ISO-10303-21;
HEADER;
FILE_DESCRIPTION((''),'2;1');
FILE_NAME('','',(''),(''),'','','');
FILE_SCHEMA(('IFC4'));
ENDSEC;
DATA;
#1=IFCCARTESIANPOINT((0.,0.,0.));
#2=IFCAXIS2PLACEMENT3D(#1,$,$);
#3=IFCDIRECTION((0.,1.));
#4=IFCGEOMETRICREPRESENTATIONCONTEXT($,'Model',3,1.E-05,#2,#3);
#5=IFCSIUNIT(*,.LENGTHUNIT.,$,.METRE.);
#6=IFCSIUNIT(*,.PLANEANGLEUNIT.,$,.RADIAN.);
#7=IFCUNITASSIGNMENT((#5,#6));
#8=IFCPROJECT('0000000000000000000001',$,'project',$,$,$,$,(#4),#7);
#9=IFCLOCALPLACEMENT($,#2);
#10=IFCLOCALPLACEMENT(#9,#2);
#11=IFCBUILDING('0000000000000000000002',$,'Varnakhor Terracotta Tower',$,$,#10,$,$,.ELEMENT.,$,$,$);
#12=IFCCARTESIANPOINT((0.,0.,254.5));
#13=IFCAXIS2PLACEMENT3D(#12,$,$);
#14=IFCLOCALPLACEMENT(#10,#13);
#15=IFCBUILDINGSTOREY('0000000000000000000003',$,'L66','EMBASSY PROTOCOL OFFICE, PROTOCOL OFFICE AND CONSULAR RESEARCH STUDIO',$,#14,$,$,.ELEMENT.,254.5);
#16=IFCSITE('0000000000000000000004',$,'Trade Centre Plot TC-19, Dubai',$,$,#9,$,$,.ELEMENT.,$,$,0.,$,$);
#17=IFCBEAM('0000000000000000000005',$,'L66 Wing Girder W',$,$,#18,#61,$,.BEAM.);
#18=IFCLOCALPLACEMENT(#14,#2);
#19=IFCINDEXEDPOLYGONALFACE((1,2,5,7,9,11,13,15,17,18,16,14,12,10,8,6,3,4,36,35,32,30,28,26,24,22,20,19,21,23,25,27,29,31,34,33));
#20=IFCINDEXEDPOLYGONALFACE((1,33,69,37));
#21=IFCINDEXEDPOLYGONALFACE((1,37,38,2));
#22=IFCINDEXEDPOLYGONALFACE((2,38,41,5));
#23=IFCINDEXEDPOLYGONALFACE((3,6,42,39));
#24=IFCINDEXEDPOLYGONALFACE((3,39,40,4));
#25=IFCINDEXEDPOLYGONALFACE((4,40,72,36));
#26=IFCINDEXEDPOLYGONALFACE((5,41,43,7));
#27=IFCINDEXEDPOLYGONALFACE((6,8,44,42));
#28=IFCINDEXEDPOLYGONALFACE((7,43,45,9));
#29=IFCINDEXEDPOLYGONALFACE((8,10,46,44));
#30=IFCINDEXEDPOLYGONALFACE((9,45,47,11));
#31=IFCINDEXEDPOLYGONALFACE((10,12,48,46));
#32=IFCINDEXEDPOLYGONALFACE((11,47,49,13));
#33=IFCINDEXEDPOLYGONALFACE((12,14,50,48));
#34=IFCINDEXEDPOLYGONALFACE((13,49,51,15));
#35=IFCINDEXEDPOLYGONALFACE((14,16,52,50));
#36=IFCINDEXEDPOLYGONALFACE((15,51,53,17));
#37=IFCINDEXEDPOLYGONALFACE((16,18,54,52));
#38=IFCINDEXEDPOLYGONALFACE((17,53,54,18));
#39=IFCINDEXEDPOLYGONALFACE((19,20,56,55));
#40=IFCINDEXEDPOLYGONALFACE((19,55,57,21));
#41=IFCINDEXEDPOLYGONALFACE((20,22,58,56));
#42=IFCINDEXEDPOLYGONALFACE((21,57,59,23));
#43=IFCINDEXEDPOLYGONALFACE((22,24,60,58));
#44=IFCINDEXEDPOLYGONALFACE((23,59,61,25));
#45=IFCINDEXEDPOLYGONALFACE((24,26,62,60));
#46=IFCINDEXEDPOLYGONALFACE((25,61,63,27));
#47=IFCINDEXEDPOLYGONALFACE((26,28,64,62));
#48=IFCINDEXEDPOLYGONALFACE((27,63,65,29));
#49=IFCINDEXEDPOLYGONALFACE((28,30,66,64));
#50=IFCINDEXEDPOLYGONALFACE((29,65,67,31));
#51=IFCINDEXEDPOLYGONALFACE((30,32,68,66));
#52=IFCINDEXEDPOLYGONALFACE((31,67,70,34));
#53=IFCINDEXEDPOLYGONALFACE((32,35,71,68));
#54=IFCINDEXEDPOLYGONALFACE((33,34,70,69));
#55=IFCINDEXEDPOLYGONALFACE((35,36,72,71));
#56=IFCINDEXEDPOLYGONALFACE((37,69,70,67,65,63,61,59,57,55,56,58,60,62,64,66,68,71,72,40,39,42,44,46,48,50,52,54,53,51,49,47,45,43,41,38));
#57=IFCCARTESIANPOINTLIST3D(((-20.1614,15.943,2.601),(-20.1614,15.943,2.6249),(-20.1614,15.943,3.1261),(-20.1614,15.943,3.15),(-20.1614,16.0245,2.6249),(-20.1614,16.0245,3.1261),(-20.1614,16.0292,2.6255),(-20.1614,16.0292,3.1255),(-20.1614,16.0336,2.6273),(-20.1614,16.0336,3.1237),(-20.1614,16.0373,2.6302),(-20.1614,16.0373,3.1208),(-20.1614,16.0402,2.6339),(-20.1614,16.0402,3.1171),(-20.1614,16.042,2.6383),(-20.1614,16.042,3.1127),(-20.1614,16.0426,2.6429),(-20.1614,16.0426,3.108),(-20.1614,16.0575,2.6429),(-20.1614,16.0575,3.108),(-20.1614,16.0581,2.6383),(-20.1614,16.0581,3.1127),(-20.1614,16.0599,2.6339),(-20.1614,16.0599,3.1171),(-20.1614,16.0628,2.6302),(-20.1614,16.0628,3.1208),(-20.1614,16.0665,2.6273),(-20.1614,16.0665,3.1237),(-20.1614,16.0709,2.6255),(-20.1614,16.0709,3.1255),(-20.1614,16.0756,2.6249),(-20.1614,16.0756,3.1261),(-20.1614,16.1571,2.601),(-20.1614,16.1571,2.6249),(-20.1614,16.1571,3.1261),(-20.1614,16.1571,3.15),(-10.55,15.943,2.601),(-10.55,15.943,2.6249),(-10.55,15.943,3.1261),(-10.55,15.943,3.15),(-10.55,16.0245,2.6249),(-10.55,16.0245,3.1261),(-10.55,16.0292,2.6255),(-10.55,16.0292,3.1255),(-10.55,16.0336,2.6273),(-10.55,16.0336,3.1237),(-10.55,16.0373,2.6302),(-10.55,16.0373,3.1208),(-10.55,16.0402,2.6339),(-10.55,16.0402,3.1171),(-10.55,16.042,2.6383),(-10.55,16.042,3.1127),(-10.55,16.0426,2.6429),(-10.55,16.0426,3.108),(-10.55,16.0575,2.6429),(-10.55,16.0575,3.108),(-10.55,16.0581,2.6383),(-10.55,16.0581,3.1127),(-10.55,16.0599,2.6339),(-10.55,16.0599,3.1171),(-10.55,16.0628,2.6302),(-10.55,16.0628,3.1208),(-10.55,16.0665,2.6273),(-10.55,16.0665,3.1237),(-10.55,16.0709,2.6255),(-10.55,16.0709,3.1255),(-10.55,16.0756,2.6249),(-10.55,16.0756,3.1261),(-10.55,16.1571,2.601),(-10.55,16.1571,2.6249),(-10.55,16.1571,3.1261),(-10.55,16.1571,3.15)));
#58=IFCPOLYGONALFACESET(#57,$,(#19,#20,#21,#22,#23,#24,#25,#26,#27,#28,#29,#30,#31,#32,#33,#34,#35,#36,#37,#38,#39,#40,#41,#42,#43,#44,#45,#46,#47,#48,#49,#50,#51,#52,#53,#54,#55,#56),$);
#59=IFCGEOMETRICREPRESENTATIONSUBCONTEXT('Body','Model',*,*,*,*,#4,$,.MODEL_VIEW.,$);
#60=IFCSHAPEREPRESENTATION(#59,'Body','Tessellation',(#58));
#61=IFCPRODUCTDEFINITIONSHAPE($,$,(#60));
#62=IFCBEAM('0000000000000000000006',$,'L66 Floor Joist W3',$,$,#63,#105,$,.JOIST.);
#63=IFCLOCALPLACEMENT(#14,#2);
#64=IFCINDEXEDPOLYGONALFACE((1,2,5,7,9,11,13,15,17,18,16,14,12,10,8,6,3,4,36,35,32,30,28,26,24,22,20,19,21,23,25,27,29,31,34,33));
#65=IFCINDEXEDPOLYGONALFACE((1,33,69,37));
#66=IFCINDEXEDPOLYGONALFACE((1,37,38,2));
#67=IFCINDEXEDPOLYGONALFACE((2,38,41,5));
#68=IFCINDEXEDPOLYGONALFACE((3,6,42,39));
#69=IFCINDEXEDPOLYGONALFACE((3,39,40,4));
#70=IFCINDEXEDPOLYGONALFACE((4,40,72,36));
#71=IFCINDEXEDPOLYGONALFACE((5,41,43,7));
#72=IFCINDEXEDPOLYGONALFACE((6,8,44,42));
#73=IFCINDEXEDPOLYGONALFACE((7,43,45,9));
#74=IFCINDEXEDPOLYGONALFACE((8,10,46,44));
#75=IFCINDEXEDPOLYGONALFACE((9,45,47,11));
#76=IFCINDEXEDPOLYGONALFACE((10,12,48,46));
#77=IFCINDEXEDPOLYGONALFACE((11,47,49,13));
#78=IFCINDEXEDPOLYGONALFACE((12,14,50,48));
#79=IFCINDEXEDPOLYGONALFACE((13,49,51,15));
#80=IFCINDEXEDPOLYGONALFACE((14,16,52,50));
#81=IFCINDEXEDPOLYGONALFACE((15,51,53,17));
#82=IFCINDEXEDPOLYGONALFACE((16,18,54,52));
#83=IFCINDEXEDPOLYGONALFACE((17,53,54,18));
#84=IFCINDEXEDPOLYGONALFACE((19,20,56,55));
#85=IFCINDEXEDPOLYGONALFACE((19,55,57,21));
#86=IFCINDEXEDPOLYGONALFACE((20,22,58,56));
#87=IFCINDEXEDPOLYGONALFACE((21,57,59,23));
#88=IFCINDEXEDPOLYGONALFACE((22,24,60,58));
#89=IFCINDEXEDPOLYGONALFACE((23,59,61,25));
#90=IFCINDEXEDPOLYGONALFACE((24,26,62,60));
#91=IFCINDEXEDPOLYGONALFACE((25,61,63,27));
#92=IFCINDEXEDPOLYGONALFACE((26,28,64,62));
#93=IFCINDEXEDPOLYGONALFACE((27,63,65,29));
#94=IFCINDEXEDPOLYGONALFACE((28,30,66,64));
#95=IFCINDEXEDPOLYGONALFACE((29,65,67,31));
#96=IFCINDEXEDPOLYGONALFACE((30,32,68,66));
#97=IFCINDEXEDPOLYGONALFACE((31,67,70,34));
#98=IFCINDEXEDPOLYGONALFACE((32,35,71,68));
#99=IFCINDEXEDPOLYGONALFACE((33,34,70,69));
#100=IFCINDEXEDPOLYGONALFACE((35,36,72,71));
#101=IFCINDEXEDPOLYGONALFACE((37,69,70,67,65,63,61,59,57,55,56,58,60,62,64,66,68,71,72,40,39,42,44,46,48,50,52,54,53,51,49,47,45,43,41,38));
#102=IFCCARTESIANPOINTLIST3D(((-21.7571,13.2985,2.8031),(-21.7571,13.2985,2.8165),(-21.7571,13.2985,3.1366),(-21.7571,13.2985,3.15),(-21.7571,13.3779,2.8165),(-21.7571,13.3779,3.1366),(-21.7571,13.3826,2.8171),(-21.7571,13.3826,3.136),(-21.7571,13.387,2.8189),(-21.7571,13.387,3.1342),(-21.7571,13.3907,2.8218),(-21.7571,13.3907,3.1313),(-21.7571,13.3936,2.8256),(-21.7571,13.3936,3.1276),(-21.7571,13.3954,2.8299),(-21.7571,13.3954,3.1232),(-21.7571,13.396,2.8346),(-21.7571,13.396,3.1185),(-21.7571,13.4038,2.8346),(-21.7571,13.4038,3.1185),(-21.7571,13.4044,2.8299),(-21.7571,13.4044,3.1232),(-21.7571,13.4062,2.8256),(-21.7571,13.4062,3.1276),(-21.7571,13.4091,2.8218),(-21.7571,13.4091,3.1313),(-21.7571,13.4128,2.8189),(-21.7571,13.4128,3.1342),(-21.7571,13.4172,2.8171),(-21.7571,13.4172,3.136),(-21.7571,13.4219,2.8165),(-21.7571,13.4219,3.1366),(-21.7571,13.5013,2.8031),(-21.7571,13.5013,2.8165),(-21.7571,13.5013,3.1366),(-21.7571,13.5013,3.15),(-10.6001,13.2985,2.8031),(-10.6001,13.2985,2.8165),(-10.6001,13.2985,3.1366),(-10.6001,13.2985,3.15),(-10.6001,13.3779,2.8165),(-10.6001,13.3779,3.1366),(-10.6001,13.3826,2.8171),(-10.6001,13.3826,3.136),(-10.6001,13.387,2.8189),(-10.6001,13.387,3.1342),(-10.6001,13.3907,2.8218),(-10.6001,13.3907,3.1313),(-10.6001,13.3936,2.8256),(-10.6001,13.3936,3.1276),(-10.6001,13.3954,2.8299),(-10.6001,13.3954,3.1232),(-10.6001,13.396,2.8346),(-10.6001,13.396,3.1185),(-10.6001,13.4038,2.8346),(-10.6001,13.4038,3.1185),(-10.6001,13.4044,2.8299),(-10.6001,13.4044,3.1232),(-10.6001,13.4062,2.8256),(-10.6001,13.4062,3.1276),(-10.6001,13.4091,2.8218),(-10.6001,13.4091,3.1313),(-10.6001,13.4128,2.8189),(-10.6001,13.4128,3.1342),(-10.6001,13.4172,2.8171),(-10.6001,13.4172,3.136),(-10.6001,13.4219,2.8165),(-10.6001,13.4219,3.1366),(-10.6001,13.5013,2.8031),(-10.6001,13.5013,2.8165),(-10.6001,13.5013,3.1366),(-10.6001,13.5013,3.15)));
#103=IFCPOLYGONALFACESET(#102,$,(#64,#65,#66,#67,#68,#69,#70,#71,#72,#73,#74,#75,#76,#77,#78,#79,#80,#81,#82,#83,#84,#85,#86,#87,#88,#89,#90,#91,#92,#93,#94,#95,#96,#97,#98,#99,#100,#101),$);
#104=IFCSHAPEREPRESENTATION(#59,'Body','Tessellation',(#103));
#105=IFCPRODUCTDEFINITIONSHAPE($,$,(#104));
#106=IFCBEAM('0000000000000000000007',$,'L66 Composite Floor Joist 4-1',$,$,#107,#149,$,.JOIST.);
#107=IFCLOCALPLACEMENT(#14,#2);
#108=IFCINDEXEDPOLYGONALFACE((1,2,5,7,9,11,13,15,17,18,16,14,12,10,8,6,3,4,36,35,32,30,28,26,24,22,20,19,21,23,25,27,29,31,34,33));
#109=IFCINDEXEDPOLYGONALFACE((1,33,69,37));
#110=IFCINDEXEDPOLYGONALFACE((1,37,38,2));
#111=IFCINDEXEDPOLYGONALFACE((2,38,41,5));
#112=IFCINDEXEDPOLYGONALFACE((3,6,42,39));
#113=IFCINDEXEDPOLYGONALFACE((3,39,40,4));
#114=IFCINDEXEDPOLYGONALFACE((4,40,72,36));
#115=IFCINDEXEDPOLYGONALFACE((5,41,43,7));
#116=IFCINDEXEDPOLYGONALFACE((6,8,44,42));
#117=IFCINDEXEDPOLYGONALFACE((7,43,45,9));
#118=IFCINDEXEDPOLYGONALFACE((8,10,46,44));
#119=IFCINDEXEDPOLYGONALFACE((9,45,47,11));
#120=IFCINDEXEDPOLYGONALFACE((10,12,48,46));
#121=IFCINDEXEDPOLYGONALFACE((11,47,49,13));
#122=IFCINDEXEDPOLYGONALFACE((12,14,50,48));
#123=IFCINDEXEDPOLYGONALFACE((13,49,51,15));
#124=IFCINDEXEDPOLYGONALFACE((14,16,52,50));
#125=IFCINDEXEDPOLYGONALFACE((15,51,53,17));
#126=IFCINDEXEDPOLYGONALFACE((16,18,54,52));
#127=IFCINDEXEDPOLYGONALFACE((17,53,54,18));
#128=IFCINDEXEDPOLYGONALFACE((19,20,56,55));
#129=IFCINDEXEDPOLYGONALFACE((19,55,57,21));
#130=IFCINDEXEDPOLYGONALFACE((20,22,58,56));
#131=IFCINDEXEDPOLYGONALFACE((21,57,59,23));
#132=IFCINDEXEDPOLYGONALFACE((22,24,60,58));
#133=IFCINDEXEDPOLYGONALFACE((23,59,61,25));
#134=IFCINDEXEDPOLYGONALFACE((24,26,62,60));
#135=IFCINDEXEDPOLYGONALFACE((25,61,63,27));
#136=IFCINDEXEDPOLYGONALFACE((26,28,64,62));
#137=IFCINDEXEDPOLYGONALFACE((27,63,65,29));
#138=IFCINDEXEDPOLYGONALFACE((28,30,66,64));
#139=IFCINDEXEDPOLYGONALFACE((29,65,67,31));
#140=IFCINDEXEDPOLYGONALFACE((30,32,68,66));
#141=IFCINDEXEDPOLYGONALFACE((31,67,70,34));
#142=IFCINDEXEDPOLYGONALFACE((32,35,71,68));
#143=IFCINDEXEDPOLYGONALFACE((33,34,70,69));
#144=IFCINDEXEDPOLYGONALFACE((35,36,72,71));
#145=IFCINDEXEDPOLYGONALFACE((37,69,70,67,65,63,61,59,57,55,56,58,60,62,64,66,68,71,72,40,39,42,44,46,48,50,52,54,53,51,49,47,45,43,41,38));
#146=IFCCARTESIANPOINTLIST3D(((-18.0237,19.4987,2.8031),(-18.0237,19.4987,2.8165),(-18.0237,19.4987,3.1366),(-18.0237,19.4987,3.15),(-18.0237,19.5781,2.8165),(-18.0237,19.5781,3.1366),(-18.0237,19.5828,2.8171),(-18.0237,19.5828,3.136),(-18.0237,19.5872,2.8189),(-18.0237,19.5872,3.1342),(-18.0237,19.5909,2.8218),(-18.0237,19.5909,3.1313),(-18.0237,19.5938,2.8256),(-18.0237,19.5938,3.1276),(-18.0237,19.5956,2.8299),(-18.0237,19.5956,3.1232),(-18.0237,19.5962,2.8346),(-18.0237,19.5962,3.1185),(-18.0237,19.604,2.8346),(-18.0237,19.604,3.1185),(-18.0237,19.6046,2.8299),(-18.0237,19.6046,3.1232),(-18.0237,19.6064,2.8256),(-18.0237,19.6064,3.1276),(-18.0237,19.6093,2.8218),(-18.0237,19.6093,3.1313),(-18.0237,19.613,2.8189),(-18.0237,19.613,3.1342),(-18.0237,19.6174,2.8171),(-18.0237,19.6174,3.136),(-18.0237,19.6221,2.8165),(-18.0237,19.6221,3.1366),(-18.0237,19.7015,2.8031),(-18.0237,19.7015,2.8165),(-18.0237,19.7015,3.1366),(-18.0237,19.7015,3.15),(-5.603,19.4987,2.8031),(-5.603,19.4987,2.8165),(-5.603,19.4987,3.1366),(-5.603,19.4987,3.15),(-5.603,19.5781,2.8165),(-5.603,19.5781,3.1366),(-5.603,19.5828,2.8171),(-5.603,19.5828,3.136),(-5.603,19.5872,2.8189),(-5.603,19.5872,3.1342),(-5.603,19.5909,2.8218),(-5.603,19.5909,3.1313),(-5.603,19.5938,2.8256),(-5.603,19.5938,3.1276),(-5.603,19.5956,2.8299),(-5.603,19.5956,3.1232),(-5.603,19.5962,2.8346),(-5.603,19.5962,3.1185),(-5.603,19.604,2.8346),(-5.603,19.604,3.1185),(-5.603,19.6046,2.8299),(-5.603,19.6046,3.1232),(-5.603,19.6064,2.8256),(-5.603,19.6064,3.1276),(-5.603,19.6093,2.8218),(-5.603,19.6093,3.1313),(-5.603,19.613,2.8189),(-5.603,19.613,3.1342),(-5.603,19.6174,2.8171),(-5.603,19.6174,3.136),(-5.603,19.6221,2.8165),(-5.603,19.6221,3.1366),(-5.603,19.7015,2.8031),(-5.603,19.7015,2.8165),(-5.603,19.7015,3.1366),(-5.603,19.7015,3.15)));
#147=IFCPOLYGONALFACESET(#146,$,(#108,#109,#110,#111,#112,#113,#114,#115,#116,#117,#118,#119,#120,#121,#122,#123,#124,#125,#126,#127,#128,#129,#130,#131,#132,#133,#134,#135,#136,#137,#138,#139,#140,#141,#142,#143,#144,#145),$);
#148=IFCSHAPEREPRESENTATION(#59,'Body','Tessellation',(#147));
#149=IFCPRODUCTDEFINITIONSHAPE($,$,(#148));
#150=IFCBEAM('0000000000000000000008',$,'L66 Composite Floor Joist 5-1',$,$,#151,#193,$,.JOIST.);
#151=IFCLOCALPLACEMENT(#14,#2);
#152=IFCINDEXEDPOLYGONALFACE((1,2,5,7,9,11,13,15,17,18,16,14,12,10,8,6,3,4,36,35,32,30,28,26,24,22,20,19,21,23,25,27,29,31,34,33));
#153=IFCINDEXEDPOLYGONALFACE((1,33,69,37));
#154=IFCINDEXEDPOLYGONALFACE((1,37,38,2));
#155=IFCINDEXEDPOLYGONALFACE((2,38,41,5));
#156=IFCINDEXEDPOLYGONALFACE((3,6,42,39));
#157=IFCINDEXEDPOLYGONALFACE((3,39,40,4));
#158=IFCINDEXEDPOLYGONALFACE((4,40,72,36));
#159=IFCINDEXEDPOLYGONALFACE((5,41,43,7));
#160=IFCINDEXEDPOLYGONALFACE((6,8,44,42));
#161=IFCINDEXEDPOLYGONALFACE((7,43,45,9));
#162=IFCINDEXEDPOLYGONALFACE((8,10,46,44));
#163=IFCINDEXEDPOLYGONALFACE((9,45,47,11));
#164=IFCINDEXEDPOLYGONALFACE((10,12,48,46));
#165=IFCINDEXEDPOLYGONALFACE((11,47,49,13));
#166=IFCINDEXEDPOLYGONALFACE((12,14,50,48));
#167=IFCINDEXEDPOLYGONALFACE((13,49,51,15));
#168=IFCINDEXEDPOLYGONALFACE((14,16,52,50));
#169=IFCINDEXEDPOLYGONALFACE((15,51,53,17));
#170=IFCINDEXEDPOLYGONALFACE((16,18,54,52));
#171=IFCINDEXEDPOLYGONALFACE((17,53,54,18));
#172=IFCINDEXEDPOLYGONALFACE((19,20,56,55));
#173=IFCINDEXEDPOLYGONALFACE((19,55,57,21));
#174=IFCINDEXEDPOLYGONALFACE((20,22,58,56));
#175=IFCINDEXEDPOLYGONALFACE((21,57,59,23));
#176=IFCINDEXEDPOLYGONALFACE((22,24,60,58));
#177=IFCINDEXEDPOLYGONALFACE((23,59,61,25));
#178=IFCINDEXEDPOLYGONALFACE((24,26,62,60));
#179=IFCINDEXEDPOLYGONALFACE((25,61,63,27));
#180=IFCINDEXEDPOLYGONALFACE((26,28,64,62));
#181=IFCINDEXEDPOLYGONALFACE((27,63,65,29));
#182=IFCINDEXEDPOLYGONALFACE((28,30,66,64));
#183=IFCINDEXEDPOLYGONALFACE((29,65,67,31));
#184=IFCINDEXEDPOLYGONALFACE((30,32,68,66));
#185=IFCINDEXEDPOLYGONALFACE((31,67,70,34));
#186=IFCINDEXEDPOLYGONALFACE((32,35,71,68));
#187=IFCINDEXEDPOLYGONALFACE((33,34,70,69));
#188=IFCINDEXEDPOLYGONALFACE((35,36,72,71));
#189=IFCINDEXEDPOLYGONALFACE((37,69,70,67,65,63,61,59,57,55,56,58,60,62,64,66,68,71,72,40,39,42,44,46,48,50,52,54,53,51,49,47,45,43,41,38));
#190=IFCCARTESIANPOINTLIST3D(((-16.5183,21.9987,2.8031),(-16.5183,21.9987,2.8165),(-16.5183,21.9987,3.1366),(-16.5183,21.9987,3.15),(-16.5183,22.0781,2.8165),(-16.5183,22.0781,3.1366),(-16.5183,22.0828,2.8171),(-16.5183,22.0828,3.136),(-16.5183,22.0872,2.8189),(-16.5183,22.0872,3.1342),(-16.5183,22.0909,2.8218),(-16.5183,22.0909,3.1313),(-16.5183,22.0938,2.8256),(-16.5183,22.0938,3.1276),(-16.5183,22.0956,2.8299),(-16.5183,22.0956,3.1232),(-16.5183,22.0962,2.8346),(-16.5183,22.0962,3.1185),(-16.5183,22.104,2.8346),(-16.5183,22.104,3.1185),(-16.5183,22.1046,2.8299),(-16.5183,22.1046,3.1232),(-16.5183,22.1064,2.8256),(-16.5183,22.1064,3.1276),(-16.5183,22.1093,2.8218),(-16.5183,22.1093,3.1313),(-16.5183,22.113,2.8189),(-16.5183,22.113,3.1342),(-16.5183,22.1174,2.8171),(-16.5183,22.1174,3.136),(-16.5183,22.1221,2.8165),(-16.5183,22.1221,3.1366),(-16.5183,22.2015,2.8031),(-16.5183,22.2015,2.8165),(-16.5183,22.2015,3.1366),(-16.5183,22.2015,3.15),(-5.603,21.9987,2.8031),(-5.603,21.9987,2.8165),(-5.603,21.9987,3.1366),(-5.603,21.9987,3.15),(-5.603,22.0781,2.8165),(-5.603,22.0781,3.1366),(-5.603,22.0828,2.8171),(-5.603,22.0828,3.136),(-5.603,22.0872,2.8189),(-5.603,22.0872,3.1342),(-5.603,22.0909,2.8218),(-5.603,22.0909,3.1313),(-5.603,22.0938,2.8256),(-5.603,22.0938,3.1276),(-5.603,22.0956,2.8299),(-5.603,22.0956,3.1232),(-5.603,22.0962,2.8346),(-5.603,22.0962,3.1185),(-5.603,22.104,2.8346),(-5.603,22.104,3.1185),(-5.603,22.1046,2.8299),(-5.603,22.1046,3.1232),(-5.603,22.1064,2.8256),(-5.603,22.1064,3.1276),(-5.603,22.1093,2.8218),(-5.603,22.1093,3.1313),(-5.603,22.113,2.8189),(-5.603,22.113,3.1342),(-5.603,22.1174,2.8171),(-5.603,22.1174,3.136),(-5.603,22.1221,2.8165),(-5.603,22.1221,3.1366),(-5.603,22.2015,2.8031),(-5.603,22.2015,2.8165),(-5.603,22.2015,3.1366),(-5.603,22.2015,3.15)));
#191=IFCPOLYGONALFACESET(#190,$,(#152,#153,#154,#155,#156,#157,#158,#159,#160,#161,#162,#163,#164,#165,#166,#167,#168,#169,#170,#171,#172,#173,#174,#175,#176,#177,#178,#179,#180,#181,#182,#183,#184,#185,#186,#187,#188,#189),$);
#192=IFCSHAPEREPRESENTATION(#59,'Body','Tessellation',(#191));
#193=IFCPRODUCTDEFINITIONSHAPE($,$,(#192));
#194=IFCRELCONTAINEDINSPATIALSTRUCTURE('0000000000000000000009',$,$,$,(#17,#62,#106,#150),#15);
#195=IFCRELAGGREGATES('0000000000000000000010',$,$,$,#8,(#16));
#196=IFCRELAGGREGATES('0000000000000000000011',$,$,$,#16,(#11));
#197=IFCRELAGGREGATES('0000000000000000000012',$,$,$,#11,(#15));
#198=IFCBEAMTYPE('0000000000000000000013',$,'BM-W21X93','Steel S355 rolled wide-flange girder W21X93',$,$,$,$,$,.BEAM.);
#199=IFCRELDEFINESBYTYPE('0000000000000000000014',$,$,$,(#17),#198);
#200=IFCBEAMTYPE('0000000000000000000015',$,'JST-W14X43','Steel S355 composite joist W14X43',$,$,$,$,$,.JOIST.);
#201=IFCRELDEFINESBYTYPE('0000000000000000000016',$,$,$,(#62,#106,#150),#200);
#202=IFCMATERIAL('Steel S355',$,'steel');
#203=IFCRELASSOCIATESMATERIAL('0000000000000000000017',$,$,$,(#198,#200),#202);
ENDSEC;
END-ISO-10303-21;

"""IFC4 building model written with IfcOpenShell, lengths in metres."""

from ifc_helpers import new_model, si_unit, direction, frame, origin, origin_2d, place, context, subcontext, project, spatial, i_section, extrude, source, transform, mapped, material, material_profile, profile_set, type_object, element, save


model = new_model("IFC4")

# Units and contexts
model_context = context("Model", 3, precision=1e-05, world=origin(), true_north=direction((0.0, 1.0)))
body_context = subcontext(model_context, "Body", "Model", "MODEL_VIEW")
ifc_project = project(units=[si_unit("LENGTHUNIT", "METRE"), si_unit("PLANEANGLEUNIT", "RADIAN")], contexts=[model_context])

# Site, building, storey
site_placement = place(None, origin())
site = spatial("IfcSite", under=ifc_project, at=site_placement, Name="Trade Centre Plot TC-19, Dubai", CompositionType="ELEMENT", RefElevation=0.0)
building_placement = place(site_placement, origin())
building = spatial("IfcBuilding", under=site, at=building_placement, Name="Varnakhor Terracotta Tower", CompositionType="ELEMENT")
storey_placement = place(building_placement, frame((0.0, 0.0, 254.5)))
storey = spatial("IfcBuildingStorey", under=building, at=storey_placement, Name="L66", Description="EMBASSY PROTOCOL OFFICE, PROTOCOL OFFICE AND CONSULAR RESEARCH STUDIO", CompositionType="ELEMENT", Elevation=254.5)

# Beams
ifc_material_1 = material(Name="Steel S355", Category="steel")
ifc_material_profile_1 = material_profile(ifc_material_1, i_section(OverallWidth=0.2141, OverallDepth=0.5491, WebThickness=0.0149, FlangeThickness=0.0239, FilletRadius=0.0181, at=origin_2d()), Name="W21X93")
ifc_profile_set_1 = profile_set([ifc_material_profile_1], Name="Steel S355")
beam_type_1 = type_object("IfcBeamType", Name="BM-W21X93", Description="Steel S355 rolled wide-flange girder W21X93", PredefinedType="BEAM", material=ifc_profile_set_1)
shared_shape_1 = source(origin(), body_context, "Body", "SweptSolid", [
    extrude(i_section(OverallWidth=0.2141, OverallDepth=0.5491, WebThickness=0.0149, FlangeThickness=0.0239, FilletRadius=0.0181, at=origin_2d()), origin(), (0.0, 0.0, 1.0), 9.6113),
])
beam_1_placement = place(storey_placement, frame((-20.1614, 16.05, 2.8755), z_axis=(1.0, 0.0, 0.0), x_axis=(0.0, 1.0, 0.0)))
element("IfcBeam", 1, at=beam_1_placement, inside=storey, type_object=beam_type_1, Name="L66 Wing Girder W", PredefinedType="BEAM", context=body_context, shape_type="MappedRepresentation", body=[
    mapped(shared_shape_1, transform((0.0, 0.0, 0.0), scale=1.0)),
])
ifc_material_profile_2 = material_profile(ifc_material_1, i_section(OverallWidth=0.2029, OverallDepth=0.3469, WebThickness=0.0078, FlangeThickness=0.0134, FilletRadius=0.0181, at=origin_2d()), Name="W14X43")
ifc_profile_set_2 = profile_set([ifc_material_profile_2], Name="Steel S355")
beam_type_2 = type_object("IfcBeamType", Name="JST-W14X43", Description="Steel S355 composite joist W14X43", PredefinedType="JOIST", material=ifc_profile_set_2)
shared_shape_2 = source(origin(), body_context, "Body", "SweptSolid", [
    extrude(i_section(OverallWidth=0.2029, OverallDepth=0.3469, WebThickness=0.0078, FlangeThickness=0.0134, FilletRadius=0.0181, at=origin_2d()), origin(), (0.0, 0.0, 1.0), 11.157),
])
beam_2_placement = place(storey_placement, frame((-21.7571, 13.3999, 2.9766), z_axis=(1.0, 0.0, 0.0), x_axis=(0.0, 1.0, 0.0)))
element("IfcBeam", 2, at=beam_2_placement, inside=storey, type_object=beam_type_2, Name="L66 Floor Joist W3", PredefinedType="JOIST", context=body_context, shape_type="MappedRepresentation", body=[
    mapped(shared_shape_2, transform((0.0, 0.0, 0.0), scale=1.0)),
])
shared_shape_3 = source(origin(), body_context, "Body", "SweptSolid", [
    extrude(i_section(OverallWidth=0.2029, OverallDepth=0.3469, WebThickness=0.0078, FlangeThickness=0.0134, FilletRadius=0.0181, at=origin_2d()), origin(), (0.0, 0.0, 1.0), 12.4207),
])
beam_3_placement = place(storey_placement, frame((-18.0237, 19.6001, 2.9766), z_axis=(1.0, 0.0, 0.0), x_axis=(0.0, 1.0, 0.0)))
element("IfcBeam", 3, at=beam_3_placement, inside=storey, type_object=beam_type_2, Name="L66 Composite Floor Joist 4-1", PredefinedType="JOIST", context=body_context, shape_type="MappedRepresentation", body=[
    mapped(shared_shape_3, transform((0.0, 0.0, 0.0), scale=1.0)),
])
shared_shape_4 = source(origin(), body_context, "Body", "SweptSolid", [
    extrude(i_section(OverallWidth=0.2029, OverallDepth=0.3469, WebThickness=0.0078, FlangeThickness=0.0134, FilletRadius=0.0181, at=origin_2d()), origin(), (0.0, 0.0, 1.0), 10.9153),
])
beam_4_placement = place(storey_placement, frame((-16.5183, 22.1001, 2.9766), z_axis=(1.0, 0.0, 0.0), x_axis=(0.0, 1.0, 0.0)))
element("IfcBeam", 4, at=beam_4_placement, inside=storey, type_object=beam_type_2, Name="L66 Composite Floor Joist 5-1", PredefinedType="JOIST", context=body_context, shape_type="MappedRepresentation", body=[
    mapped(shared_shape_4, transform((0.0, 0.0, 0.0), scale=1.0)),
])

save(model, "model.ifc")
